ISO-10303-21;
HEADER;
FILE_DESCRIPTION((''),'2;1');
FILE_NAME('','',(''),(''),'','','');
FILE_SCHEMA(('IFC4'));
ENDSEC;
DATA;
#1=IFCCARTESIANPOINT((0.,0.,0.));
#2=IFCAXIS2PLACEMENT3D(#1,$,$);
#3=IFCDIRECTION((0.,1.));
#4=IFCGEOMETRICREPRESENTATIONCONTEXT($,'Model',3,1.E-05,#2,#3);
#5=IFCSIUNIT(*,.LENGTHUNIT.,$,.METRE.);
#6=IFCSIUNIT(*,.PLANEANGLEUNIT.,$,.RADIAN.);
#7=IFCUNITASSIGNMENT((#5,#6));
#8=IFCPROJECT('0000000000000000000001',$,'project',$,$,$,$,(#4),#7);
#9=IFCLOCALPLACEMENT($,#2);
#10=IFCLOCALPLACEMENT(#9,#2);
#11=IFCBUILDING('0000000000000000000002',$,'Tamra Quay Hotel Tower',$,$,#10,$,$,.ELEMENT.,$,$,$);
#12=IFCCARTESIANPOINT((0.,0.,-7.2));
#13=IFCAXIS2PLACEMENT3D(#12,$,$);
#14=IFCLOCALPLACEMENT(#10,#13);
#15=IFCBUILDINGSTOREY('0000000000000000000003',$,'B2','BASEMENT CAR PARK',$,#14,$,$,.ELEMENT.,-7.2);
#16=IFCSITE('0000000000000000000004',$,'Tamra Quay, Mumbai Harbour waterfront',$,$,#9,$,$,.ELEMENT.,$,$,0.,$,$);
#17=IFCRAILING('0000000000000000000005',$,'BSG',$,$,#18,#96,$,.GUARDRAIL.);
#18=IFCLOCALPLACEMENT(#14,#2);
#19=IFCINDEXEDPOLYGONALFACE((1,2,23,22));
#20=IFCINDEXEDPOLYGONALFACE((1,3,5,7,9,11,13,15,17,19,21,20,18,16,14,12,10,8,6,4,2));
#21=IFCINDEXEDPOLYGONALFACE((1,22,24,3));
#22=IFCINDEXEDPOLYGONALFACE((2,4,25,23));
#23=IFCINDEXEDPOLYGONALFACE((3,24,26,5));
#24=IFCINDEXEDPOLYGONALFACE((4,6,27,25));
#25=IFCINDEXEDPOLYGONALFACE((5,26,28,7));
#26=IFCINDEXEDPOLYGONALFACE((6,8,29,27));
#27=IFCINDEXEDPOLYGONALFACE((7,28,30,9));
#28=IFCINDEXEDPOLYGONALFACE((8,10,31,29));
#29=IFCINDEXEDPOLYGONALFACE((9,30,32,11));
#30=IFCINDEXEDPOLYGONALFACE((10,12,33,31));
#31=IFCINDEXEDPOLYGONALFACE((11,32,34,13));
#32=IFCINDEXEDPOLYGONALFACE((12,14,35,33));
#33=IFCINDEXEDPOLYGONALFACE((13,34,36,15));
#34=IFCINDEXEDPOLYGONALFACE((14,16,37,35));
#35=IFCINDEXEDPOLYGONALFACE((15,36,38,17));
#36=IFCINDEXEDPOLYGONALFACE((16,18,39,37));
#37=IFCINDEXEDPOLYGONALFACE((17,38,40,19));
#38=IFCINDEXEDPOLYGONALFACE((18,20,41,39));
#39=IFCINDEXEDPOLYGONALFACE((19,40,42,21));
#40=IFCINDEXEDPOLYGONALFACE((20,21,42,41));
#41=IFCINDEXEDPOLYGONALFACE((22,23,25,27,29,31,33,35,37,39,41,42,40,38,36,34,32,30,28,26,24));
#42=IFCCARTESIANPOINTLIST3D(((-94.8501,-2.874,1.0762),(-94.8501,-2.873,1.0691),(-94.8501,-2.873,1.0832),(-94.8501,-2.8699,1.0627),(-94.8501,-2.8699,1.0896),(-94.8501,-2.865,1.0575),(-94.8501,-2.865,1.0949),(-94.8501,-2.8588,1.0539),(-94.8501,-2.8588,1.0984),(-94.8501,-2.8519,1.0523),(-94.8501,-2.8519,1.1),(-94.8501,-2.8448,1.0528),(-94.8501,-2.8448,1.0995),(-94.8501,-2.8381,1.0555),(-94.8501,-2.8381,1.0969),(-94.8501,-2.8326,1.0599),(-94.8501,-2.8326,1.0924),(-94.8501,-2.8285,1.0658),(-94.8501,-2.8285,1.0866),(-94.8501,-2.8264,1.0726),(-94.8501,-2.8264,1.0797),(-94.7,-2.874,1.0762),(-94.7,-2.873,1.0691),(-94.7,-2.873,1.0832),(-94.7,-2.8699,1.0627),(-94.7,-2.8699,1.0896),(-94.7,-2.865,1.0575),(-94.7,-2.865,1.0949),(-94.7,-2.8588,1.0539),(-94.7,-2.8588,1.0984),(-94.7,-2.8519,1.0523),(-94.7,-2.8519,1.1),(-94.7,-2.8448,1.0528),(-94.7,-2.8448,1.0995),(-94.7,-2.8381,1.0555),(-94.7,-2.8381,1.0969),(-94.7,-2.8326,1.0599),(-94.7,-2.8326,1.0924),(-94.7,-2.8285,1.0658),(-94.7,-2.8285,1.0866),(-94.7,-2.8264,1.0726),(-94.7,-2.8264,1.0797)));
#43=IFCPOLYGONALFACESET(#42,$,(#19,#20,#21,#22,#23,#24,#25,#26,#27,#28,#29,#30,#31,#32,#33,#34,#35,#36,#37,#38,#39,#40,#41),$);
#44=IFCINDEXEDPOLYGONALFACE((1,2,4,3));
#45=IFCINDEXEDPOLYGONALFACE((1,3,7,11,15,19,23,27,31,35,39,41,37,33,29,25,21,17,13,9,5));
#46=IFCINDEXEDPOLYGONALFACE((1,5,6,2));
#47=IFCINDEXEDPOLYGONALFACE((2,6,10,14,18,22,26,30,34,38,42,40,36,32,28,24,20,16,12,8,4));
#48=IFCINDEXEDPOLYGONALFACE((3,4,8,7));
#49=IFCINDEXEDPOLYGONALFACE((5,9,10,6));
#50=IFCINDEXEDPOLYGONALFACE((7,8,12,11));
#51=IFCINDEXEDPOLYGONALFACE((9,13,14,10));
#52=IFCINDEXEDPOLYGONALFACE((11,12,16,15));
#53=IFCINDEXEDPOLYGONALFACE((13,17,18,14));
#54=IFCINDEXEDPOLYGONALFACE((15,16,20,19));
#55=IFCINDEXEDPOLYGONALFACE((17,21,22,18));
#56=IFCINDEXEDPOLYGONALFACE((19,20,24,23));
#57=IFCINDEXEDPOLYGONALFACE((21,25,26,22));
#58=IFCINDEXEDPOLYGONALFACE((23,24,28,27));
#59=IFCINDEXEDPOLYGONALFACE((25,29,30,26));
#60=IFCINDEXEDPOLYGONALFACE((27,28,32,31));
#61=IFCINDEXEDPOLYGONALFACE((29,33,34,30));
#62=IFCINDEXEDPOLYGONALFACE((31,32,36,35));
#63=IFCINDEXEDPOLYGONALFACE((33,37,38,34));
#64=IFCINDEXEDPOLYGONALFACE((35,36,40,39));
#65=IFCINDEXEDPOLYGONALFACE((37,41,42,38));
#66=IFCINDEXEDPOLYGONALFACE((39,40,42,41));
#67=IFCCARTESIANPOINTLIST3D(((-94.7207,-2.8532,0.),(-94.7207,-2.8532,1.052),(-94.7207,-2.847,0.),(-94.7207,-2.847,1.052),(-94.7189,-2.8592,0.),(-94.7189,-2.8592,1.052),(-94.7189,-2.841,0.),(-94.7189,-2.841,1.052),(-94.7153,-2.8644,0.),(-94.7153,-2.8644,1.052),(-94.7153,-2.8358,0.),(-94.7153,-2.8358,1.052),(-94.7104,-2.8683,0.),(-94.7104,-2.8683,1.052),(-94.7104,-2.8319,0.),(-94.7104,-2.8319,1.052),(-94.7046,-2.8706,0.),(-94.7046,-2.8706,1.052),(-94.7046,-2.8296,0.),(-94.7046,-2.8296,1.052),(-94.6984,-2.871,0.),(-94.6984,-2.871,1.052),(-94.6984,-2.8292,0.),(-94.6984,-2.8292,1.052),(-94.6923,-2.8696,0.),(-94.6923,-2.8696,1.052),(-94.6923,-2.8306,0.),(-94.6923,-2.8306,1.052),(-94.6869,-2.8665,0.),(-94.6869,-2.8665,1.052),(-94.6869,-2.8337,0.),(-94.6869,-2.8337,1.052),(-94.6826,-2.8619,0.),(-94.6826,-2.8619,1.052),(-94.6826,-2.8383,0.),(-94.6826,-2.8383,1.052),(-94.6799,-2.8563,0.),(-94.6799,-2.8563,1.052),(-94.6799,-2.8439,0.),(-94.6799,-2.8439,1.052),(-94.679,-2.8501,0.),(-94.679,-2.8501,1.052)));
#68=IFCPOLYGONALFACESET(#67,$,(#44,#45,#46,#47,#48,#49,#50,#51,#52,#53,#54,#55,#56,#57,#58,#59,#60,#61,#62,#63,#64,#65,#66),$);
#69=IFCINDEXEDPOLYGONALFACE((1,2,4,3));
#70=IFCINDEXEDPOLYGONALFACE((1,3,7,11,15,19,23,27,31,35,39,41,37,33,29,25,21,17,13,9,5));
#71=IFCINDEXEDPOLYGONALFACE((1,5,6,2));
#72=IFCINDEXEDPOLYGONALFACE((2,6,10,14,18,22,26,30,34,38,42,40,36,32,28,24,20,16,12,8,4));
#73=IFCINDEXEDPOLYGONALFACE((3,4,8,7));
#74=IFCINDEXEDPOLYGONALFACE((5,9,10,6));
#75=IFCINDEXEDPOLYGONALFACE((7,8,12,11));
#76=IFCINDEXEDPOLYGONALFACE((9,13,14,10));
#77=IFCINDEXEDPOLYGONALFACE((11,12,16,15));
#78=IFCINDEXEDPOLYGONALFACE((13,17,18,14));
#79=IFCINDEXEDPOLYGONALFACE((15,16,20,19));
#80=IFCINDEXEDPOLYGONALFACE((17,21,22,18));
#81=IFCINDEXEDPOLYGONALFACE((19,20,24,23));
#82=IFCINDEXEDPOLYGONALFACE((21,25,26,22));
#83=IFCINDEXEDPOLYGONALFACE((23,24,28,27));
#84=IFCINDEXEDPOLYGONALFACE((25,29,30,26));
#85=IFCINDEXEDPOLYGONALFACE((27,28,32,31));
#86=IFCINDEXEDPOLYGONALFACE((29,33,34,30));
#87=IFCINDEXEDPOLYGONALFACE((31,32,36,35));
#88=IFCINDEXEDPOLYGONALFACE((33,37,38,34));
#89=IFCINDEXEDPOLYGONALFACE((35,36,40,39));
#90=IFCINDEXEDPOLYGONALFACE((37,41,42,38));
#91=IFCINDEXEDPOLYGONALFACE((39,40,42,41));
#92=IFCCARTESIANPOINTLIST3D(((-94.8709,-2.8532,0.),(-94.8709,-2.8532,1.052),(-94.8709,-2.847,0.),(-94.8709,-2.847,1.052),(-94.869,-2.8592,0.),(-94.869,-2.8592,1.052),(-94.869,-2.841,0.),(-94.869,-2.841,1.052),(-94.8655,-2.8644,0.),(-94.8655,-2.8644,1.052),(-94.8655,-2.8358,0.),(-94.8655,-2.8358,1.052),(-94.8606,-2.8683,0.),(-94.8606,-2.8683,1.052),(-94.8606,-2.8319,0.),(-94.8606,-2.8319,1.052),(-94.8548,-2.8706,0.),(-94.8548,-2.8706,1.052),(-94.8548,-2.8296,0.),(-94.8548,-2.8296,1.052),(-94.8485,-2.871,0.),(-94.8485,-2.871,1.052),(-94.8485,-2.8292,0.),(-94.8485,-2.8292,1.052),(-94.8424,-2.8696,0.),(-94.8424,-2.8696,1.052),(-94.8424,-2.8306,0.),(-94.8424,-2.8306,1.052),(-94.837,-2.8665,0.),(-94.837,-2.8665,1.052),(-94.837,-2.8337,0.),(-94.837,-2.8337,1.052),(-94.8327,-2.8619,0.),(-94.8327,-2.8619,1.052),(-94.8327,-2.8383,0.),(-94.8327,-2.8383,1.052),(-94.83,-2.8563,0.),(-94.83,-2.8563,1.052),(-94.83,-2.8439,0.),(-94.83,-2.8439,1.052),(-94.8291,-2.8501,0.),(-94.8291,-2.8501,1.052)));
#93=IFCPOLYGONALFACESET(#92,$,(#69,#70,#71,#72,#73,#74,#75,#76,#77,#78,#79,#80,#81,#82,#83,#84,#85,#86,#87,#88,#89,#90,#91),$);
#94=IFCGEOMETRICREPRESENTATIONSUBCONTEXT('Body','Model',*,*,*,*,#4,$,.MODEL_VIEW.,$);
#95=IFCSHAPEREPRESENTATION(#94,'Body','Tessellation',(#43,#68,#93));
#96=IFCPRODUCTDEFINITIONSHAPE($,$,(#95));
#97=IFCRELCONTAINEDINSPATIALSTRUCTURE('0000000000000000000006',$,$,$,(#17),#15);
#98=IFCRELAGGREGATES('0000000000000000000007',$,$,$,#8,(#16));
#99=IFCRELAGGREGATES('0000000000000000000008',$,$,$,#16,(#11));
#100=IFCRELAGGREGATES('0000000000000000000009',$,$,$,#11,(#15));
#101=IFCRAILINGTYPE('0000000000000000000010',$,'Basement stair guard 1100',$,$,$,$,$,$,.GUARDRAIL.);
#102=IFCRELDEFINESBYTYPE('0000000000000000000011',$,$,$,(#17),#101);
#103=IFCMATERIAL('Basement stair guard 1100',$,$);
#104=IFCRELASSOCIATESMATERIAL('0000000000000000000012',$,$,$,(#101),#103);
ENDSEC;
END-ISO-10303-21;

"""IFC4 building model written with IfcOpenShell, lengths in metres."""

from ifc_helpers import new_model, si_unit, direction, frame, origin, origin_2d, place, context, subcontext, project, spatial, circle, extrude, material, type_object, element, save


model = new_model("IFC4")

# Units and contexts
model_context = context("Model", 3, precision=1e-05, world=origin(), true_north=direction((0.0, 1.0)))
body_context = subcontext(model_context, "Body", "Model", "MODEL_VIEW")
ifc_project = project(units=[si_unit("LENGTHUNIT", "METRE"), si_unit("PLANEANGLEUNIT", "RADIAN")], contexts=[model_context])

# Site, building, storey
site_placement = place(None, origin())
site = spatial("IfcSite", under=ifc_project, at=site_placement, Name="Tamra Quay, Mumbai Harbour waterfront", CompositionType="ELEMENT", RefElevation=0.0)
building_placement = place(site_placement, origin())
building = spatial("IfcBuilding", under=site, at=building_placement, Name="Tamra Quay Hotel Tower", CompositionType="ELEMENT")
storey_placement = place(building_placement, frame((0.0, 0.0, -7.2)))
storey = spatial("IfcBuildingStorey", under=building, at=storey_placement, Name="B2", Description="BASEMENT CAR PARK", CompositionType="ELEMENT", Elevation=-7.2)

# Railing
ifc_material_1 = material(Name="Basement stair guard 1100")
railing_type_1 = type_object("IfcRailingType", Name="Basement stair guard 1100", PredefinedType="GUARDRAIL", material=ifc_material_1)
railing_1_placement = place(storey_placement, frame((-94.7, -2.8501, 0.0)))
element("IfcRailing", 1, at=railing_1_placement, inside=storey, type_object=railing_type_1, Name="BSG", PredefinedType="GUARDRAIL", context=body_context, shape_type="SweptSolid", body=[
    extrude(circle(Radius=0.0239, at=origin_2d()), frame((0.0, 0.0, 1.0762), z_axis=(-1.0, 0.0, 0.0), x_axis=(0.0, -1.0, 0.0)), (0.0, 0.0, 1.0), 0.1501),
    extrude(circle(Radius=0.021, at=origin_2d()), origin(), (0.0, 0.0, 1.0), 1.052),
    extrude(circle(Radius=0.021, at=origin_2d()), frame((-0.1501, 0.0, 0.0)), (0.0, 0.0, 1.0), 1.052),
])

save(model, "model.ifc")
